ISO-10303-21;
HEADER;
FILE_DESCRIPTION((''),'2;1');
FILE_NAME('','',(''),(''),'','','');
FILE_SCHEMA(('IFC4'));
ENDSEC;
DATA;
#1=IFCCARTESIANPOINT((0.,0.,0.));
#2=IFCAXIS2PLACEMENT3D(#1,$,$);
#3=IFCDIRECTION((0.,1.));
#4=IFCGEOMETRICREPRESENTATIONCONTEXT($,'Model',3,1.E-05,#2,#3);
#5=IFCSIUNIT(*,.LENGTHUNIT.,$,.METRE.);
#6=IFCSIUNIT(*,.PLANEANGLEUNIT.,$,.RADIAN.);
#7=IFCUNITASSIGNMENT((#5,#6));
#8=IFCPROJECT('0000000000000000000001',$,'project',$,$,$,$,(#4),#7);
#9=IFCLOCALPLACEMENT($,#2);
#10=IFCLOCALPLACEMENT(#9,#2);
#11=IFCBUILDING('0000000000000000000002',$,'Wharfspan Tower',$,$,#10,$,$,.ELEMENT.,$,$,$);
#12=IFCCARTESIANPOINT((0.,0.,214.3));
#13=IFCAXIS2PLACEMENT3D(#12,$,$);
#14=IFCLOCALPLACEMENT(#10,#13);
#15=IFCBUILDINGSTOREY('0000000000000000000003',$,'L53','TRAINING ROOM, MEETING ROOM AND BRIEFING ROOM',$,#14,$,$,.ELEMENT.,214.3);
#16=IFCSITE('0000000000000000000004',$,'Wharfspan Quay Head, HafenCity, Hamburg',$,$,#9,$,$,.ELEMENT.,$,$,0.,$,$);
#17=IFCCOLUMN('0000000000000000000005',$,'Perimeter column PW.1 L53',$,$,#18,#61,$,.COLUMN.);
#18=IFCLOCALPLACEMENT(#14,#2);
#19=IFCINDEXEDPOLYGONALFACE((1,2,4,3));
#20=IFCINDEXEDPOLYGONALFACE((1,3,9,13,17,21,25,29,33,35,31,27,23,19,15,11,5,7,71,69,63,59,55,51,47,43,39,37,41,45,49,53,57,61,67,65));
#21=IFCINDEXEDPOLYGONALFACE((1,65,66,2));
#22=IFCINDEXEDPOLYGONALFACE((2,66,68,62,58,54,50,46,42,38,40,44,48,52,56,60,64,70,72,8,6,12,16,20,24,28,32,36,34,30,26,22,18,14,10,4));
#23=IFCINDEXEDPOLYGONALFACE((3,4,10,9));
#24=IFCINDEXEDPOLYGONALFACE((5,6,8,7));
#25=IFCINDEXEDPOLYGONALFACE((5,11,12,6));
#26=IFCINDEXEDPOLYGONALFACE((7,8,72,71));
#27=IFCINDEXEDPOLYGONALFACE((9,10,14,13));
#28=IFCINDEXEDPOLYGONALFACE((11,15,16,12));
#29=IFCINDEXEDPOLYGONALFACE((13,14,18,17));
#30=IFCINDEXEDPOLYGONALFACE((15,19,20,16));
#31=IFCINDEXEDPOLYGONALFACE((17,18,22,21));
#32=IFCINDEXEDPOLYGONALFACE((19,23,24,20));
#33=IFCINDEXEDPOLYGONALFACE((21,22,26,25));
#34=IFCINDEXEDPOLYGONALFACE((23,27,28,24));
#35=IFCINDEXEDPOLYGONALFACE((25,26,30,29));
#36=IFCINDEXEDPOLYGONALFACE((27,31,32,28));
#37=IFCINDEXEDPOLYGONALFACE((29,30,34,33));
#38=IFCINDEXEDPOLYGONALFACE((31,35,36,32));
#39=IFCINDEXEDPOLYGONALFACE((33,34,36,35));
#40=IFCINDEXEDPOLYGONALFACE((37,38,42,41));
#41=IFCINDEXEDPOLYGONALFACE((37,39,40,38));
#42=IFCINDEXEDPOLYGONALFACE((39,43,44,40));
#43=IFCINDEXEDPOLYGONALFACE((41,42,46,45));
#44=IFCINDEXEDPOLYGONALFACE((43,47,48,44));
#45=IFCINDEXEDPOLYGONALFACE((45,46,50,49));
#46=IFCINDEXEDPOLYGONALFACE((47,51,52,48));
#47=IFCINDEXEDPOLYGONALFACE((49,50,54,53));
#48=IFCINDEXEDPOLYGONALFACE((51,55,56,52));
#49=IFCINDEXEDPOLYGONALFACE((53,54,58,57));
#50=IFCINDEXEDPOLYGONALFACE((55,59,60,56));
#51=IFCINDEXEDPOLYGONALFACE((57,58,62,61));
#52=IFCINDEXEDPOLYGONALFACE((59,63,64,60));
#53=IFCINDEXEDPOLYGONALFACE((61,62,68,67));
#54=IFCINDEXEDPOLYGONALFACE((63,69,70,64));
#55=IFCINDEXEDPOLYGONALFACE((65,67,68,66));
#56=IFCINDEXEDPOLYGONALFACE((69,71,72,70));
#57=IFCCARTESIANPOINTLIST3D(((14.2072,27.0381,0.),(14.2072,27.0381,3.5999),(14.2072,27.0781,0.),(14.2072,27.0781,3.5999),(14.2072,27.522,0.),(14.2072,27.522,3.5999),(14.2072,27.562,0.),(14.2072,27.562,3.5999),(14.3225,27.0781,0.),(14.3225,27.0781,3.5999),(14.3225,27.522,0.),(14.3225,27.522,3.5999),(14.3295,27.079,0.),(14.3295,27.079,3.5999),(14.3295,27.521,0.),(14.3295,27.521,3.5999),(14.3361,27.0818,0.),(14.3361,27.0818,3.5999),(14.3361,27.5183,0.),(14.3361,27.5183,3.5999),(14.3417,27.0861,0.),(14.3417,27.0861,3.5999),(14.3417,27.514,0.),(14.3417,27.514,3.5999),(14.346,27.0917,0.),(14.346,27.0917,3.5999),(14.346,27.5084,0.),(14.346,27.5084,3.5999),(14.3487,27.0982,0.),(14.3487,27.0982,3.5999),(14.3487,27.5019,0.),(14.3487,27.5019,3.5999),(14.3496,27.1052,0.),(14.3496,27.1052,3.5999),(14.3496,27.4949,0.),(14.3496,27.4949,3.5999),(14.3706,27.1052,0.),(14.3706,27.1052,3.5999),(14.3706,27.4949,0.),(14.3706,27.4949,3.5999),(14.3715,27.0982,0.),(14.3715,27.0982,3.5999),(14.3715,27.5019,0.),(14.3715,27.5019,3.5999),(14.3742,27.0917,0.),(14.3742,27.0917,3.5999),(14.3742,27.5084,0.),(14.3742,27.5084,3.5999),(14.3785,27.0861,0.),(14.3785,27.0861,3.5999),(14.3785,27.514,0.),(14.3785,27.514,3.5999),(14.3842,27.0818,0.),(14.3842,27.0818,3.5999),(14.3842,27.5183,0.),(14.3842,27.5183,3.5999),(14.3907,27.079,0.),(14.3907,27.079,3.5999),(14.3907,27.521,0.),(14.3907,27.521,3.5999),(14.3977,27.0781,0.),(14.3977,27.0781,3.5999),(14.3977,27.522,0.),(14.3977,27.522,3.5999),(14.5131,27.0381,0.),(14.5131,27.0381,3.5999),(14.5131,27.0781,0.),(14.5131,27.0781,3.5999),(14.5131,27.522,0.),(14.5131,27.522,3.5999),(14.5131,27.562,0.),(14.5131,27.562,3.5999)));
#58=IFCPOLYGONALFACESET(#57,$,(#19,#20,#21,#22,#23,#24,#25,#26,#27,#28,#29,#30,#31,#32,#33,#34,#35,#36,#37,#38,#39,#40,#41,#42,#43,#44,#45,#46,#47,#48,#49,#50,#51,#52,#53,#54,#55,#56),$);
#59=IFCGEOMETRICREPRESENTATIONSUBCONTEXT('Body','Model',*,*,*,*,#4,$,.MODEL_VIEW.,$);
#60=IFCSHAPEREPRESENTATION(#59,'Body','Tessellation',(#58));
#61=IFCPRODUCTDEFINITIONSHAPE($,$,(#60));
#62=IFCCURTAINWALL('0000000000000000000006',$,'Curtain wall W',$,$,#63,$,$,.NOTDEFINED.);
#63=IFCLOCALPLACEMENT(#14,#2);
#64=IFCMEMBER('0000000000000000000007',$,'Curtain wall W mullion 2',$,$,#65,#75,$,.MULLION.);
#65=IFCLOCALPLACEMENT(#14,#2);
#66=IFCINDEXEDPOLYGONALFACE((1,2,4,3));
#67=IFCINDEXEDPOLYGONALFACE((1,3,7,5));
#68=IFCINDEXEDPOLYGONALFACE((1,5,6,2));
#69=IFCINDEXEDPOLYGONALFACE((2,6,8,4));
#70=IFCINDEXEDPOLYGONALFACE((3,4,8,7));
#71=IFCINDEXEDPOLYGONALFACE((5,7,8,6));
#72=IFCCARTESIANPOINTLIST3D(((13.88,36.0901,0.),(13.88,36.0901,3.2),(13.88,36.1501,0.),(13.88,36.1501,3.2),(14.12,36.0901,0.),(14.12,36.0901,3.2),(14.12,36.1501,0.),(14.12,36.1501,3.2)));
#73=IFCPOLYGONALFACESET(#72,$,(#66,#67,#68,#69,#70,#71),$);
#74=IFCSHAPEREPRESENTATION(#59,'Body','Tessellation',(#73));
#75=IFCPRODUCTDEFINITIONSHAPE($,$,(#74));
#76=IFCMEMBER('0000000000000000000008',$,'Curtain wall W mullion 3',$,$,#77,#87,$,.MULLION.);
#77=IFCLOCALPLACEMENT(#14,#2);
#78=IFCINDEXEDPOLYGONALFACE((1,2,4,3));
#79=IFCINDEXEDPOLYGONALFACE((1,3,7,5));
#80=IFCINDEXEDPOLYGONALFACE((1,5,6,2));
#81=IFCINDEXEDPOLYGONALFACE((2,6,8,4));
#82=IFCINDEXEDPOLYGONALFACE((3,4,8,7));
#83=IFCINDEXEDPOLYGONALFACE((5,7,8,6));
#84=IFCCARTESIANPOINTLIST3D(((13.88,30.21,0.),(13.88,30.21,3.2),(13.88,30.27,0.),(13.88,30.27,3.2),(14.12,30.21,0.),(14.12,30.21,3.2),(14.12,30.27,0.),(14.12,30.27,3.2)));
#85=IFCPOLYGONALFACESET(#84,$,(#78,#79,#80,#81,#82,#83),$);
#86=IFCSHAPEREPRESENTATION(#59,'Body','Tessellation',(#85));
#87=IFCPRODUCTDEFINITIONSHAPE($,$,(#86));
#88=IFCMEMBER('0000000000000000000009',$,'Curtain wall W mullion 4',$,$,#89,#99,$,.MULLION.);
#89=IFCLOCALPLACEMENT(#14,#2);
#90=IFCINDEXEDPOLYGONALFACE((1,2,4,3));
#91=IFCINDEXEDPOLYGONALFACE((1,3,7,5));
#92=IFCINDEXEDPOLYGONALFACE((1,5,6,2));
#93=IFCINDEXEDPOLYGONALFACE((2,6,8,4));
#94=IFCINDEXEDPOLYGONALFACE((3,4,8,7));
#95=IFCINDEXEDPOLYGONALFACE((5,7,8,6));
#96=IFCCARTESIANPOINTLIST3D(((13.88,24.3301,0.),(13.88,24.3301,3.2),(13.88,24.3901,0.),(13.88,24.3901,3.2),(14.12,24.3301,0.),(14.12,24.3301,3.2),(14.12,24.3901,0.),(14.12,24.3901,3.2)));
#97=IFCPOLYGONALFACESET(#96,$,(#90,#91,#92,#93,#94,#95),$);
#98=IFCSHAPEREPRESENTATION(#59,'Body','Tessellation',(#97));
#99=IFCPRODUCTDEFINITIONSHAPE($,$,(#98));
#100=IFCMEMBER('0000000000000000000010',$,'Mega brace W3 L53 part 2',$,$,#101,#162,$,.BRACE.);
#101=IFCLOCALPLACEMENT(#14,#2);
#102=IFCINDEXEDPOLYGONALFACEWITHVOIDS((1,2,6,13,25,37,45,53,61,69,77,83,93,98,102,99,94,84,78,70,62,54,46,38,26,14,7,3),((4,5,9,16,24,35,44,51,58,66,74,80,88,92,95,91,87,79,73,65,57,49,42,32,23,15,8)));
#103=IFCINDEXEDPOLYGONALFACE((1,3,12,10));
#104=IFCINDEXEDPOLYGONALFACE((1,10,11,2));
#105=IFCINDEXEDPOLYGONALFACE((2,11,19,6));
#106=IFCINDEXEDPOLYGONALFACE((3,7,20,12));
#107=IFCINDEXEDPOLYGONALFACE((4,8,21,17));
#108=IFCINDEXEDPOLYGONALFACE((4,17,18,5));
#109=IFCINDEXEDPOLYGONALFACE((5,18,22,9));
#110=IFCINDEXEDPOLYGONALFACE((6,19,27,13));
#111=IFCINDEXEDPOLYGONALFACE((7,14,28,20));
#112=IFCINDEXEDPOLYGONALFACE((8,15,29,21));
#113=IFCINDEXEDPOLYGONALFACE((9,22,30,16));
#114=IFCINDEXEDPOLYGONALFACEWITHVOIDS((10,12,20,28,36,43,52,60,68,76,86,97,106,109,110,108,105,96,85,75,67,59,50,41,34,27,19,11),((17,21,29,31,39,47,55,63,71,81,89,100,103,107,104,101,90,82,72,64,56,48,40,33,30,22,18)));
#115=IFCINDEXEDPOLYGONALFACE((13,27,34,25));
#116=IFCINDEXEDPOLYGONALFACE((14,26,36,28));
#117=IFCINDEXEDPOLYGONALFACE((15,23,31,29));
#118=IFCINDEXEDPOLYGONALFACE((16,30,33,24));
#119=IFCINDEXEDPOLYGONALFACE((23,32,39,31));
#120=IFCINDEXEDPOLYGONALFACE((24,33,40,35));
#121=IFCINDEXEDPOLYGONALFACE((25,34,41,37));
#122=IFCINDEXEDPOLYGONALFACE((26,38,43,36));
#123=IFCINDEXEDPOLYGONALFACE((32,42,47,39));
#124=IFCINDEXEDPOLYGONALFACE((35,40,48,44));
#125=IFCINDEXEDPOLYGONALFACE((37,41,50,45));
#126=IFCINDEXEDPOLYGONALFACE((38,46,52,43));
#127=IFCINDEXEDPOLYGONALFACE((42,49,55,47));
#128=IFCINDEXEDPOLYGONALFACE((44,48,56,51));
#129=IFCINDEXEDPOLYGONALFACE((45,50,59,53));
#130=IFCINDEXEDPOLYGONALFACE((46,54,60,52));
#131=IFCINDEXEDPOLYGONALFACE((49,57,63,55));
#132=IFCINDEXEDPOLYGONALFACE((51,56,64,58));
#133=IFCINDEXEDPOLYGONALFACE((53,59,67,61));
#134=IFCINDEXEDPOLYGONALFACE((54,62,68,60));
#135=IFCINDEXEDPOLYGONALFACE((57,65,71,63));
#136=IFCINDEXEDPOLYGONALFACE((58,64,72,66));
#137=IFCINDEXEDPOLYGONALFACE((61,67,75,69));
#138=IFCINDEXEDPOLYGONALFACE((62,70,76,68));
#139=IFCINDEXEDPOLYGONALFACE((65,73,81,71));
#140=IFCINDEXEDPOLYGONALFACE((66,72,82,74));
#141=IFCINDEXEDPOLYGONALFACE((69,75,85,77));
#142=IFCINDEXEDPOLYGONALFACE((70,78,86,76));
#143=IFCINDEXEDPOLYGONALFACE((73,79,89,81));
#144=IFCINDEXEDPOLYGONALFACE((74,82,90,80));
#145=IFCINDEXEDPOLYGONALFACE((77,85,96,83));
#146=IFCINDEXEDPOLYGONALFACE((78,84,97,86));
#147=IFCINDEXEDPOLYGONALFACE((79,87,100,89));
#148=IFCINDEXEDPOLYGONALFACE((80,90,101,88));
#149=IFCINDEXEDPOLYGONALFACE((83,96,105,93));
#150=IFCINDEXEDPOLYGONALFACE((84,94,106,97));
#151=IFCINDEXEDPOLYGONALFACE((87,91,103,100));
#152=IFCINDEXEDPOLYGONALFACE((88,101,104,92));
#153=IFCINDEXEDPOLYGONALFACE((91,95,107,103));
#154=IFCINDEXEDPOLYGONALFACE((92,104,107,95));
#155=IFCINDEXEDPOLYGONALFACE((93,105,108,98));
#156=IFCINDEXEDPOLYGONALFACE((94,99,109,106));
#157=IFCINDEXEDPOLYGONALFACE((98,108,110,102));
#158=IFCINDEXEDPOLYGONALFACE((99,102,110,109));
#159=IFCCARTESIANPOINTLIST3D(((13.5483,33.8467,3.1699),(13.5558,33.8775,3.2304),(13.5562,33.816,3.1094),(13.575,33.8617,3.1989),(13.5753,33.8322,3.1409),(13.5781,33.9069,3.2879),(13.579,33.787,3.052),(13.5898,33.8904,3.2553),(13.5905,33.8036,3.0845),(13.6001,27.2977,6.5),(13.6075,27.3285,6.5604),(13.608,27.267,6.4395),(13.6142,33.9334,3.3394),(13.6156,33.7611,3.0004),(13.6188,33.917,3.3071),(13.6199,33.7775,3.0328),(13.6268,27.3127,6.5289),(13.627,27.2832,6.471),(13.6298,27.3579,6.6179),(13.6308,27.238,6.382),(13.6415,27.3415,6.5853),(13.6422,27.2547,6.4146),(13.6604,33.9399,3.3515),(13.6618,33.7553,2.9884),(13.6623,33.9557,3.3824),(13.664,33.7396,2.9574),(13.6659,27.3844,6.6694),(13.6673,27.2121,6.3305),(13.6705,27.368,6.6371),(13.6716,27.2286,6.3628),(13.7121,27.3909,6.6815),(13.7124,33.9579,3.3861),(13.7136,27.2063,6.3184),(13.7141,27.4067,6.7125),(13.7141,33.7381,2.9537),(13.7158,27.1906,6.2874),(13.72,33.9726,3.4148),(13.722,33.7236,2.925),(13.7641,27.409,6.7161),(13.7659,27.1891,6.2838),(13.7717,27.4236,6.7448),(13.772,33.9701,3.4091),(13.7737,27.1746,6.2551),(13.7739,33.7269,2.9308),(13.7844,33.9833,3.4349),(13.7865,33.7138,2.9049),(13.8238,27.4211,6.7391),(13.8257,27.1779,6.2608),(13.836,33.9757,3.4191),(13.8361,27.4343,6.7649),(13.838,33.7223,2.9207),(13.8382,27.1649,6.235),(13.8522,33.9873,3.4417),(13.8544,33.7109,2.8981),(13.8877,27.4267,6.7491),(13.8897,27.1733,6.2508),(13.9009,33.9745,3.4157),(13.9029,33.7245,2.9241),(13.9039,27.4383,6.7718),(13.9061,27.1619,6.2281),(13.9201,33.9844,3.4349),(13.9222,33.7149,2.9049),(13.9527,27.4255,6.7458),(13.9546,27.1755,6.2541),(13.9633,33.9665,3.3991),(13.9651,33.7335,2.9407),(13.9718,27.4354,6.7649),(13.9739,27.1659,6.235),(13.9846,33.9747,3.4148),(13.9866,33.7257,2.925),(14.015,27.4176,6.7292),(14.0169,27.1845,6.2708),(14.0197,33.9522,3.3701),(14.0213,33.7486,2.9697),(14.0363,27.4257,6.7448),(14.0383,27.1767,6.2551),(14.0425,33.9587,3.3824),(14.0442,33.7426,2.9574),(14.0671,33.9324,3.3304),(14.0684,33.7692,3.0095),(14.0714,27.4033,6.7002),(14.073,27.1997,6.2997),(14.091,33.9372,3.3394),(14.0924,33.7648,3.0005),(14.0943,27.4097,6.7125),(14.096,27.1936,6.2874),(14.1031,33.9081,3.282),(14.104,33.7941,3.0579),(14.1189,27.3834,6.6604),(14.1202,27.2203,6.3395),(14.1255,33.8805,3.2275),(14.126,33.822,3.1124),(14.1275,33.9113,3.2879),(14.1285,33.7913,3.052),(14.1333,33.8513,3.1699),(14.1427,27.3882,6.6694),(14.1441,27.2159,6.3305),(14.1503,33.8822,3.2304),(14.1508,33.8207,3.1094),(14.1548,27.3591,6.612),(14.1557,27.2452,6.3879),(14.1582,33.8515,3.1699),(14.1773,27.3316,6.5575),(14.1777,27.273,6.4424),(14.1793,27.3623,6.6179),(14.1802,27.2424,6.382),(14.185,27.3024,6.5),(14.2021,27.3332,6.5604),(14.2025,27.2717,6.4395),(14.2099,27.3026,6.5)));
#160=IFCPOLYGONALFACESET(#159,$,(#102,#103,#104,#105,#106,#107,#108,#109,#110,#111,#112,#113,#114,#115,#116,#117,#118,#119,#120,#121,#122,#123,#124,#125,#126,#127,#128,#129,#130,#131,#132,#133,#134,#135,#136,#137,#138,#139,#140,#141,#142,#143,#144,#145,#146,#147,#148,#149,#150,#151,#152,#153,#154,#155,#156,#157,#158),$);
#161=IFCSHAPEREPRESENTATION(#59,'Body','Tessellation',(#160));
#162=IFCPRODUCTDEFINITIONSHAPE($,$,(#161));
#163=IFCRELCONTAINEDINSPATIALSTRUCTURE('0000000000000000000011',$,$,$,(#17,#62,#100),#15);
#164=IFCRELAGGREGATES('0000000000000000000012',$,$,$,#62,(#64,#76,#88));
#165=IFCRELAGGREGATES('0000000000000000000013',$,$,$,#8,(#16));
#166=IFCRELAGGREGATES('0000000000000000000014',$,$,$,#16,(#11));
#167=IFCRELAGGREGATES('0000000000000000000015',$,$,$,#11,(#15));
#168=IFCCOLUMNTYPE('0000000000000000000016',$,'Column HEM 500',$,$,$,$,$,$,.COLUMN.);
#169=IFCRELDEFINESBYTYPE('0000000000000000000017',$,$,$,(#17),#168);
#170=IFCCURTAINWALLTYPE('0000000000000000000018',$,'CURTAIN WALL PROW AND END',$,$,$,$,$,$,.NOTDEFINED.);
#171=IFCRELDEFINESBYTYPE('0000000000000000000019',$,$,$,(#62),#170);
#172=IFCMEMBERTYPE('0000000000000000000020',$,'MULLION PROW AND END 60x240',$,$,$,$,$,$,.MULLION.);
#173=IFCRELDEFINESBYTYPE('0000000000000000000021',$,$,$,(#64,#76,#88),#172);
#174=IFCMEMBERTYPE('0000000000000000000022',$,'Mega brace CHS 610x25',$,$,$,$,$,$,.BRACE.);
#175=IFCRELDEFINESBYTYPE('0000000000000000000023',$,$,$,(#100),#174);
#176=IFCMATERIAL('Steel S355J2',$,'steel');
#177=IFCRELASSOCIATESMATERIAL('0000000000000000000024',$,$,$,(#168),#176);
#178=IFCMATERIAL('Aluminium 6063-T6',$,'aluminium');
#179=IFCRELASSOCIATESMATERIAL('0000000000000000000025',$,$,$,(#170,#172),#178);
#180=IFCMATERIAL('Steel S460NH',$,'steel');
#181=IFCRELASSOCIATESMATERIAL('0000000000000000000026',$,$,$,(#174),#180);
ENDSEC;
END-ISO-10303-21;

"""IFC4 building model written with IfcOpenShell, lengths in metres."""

from ifc_helpers import new_model, si_unit, direction, frame, origin, origin_2d, place, context, subcontext, project, spatial, rectangle, hollow_circle, i_section, extrude, material, material_profile, profile_set, type_object, element, aggregate, save


model = new_model("IFC4")

# Units and contexts
model_context = context("Model", 3, precision=1e-05, world=origin(), true_north=direction((0.0, 1.0)))
body_context = subcontext(model_context, "Body", "Model", "MODEL_VIEW")
ifc_project = project(units=[si_unit("LENGTHUNIT", "METRE"), si_unit("PLANEANGLEUNIT", "RADIAN")], contexts=[model_context])

# Site, building, storey
site_placement = place(None, origin())
site = spatial("IfcSite", under=ifc_project, at=site_placement, Name="Wharfspan Quay Head, HafenCity, Hamburg", CompositionType="ELEMENT", RefElevation=0.0)
building_placement = place(site_placement, origin())
building = spatial("IfcBuilding", under=site, at=building_placement, Name="Wharfspan Tower", CompositionType="ELEMENT")
storey_placement = place(building_placement, frame((0.0, 0.0, 214.3)))
storey = spatial("IfcBuildingStorey", under=building, at=storey_placement, Name="L53", Description="TRAINING ROOM, MEETING ROOM AND BRIEFING ROOM", CompositionType="ELEMENT", Elevation=214.3)

# Column
ifc_material_1 = material(Name="Steel S355J2", Category="steel")
ifc_material_profile_1 = material_profile(ifc_material_1, i_section(OverallWidth=0.3059, OverallDepth=0.5239, WebThickness=0.021, FlangeThickness=0.04, FilletRadius=0.0271, at=origin_2d()))
ifc_profile_set_1 = profile_set([ifc_material_profile_1], Name="Steel S355J2")
column_type = type_object("IfcColumnType", Name="Column HEM 500", PredefinedType="COLUMN", material=ifc_profile_set_1)
column_placement = place(storey_placement, frame((14.3601, 27.3, 0.0), z_axis=(0.0, 0.0, 1.0), x_axis=(-1.0, 0.0, 0.0)))
element("IfcColumn", 1, at=column_placement, inside=storey, type_object=column_type, Name="Perimeter column PW.1 L53", PredefinedType="COLUMN", context=body_context, shape_type="SweptSolid", body=[
    extrude(i_section(OverallWidth=0.3059, OverallDepth=0.5239, WebThickness=0.021, FlangeThickness=0.04, FilletRadius=0.0271, at=origin_2d()), origin(), (0.0, 0.0, 1.0), 3.5999),
])

# Curtain wall, members
ifc_material_2 = material(Name="Aluminium 6063-T6", Category="aluminium")
curtain_wall_type = type_object("IfcCurtainWallType", Name="CURTAIN WALL PROW AND END", PredefinedType="NOTDEFINED", material=ifc_material_2)
curtain_wall_placement = place(storey_placement, origin())
curtain_wall = element("IfcCurtainWall", 2, at=curtain_wall_placement, inside=storey, type_object=curtain_wall_type, Name="Curtain wall W", PredefinedType="NOTDEFINED")
ifc_material_profile_2 = material_profile(ifc_material_2, rectangle(XDim=0.24, YDim=0.0601, at=origin_2d()))
ifc_profile_set_2 = profile_set([ifc_material_profile_2], Name="Aluminium 6063-T6")
member_type_1 = type_object("IfcMemberType", Name="MULLION PROW AND END 60x240", PredefinedType="MULLION", material=ifc_profile_set_2)
member_1_placement = place(storey_placement, frame((14.0, 36.1201, 0.0), z_axis=(0.0, 0.0, 1.0), x_axis=(1.0, 0.0, 0.0)))
member_1 = element("IfcMember", 3, at=member_1_placement, type_object=member_type_1, Name="Curtain wall W mullion 2", PredefinedType="MULLION", context=body_context, shape_type="SweptSolid", body=[
    extrude(rectangle(XDim=0.24, YDim=0.0601, at=origin_2d()), origin(), (0.0, 0.0, 1.0), 3.2),
])
member_2_placement = place(storey_placement, frame((14.0, 30.24, 0.0), z_axis=(0.0, 0.0, 1.0), x_axis=(1.0, 0.0, 0.0)))
member_2 = element("IfcMember", 4, at=member_2_placement, type_object=member_type_1, Name="Curtain wall W mullion 3", PredefinedType="MULLION", context=body_context, shape_type="SweptSolid", body=[
    extrude(rectangle(XDim=0.24, YDim=0.0601, at=origin_2d()), origin(), (0.0, 0.0, 1.0), 3.2),
])
member_3_placement = place(storey_placement, frame((14.0, 24.3601, 0.0), z_axis=(0.0, 0.0, 1.0), x_axis=(1.0, 0.0, 0.0)))
member_3 = element("IfcMember", 5, at=member_3_placement, type_object=member_type_1, Name="Curtain wall W mullion 4", PredefinedType="MULLION", context=body_context, shape_type="SweptSolid", body=[
    extrude(rectangle(XDim=0.24, YDim=0.0601, at=origin_2d()), origin(), (0.0, 0.0, 1.0), 3.2),
])

# Member
ifc_material_3 = material(Name="Steel S460NH", Category="steel")
ifc_material_profile_3 = material_profile(ifc_material_3, hollow_circle(Radius=0.3049, WallThickness=0.0249, at=origin_2d()))
ifc_profile_set_3 = profile_set([ifc_material_profile_3], Name="Steel S460NH")
member_type_2 = type_object("IfcMemberType", Name="Mega brace CHS 610x25", PredefinedType="BRACE", material=ifc_profile_set_3)
for number, where, z_axis, x_axis, name in (
    (6, (13.8533, 33.8491, 3.1699), (0.007044, -0.891361, 0.45324), (0.999973, 0.007904, 0.000003), "Mega brace W3 L53 part 2"),
):
    element("IfcMember", number, at=place(storey_placement, frame(where, z_axis=z_axis, x_axis=x_axis)), inside=storey, type_object=member_type_2, Name=name, PredefinedType="BRACE", context=body_context, shape_type="SweptSolid", body=[
        extrude(hollow_circle(Radius=0.3049, WallThickness=0.0249, at=origin_2d()), origin(), (0.0, 0.0, 1.0), 7.3472),
    ])

aggregate(curtain_wall, [member_1, member_2, member_3])

save(model, "model.ifc")
